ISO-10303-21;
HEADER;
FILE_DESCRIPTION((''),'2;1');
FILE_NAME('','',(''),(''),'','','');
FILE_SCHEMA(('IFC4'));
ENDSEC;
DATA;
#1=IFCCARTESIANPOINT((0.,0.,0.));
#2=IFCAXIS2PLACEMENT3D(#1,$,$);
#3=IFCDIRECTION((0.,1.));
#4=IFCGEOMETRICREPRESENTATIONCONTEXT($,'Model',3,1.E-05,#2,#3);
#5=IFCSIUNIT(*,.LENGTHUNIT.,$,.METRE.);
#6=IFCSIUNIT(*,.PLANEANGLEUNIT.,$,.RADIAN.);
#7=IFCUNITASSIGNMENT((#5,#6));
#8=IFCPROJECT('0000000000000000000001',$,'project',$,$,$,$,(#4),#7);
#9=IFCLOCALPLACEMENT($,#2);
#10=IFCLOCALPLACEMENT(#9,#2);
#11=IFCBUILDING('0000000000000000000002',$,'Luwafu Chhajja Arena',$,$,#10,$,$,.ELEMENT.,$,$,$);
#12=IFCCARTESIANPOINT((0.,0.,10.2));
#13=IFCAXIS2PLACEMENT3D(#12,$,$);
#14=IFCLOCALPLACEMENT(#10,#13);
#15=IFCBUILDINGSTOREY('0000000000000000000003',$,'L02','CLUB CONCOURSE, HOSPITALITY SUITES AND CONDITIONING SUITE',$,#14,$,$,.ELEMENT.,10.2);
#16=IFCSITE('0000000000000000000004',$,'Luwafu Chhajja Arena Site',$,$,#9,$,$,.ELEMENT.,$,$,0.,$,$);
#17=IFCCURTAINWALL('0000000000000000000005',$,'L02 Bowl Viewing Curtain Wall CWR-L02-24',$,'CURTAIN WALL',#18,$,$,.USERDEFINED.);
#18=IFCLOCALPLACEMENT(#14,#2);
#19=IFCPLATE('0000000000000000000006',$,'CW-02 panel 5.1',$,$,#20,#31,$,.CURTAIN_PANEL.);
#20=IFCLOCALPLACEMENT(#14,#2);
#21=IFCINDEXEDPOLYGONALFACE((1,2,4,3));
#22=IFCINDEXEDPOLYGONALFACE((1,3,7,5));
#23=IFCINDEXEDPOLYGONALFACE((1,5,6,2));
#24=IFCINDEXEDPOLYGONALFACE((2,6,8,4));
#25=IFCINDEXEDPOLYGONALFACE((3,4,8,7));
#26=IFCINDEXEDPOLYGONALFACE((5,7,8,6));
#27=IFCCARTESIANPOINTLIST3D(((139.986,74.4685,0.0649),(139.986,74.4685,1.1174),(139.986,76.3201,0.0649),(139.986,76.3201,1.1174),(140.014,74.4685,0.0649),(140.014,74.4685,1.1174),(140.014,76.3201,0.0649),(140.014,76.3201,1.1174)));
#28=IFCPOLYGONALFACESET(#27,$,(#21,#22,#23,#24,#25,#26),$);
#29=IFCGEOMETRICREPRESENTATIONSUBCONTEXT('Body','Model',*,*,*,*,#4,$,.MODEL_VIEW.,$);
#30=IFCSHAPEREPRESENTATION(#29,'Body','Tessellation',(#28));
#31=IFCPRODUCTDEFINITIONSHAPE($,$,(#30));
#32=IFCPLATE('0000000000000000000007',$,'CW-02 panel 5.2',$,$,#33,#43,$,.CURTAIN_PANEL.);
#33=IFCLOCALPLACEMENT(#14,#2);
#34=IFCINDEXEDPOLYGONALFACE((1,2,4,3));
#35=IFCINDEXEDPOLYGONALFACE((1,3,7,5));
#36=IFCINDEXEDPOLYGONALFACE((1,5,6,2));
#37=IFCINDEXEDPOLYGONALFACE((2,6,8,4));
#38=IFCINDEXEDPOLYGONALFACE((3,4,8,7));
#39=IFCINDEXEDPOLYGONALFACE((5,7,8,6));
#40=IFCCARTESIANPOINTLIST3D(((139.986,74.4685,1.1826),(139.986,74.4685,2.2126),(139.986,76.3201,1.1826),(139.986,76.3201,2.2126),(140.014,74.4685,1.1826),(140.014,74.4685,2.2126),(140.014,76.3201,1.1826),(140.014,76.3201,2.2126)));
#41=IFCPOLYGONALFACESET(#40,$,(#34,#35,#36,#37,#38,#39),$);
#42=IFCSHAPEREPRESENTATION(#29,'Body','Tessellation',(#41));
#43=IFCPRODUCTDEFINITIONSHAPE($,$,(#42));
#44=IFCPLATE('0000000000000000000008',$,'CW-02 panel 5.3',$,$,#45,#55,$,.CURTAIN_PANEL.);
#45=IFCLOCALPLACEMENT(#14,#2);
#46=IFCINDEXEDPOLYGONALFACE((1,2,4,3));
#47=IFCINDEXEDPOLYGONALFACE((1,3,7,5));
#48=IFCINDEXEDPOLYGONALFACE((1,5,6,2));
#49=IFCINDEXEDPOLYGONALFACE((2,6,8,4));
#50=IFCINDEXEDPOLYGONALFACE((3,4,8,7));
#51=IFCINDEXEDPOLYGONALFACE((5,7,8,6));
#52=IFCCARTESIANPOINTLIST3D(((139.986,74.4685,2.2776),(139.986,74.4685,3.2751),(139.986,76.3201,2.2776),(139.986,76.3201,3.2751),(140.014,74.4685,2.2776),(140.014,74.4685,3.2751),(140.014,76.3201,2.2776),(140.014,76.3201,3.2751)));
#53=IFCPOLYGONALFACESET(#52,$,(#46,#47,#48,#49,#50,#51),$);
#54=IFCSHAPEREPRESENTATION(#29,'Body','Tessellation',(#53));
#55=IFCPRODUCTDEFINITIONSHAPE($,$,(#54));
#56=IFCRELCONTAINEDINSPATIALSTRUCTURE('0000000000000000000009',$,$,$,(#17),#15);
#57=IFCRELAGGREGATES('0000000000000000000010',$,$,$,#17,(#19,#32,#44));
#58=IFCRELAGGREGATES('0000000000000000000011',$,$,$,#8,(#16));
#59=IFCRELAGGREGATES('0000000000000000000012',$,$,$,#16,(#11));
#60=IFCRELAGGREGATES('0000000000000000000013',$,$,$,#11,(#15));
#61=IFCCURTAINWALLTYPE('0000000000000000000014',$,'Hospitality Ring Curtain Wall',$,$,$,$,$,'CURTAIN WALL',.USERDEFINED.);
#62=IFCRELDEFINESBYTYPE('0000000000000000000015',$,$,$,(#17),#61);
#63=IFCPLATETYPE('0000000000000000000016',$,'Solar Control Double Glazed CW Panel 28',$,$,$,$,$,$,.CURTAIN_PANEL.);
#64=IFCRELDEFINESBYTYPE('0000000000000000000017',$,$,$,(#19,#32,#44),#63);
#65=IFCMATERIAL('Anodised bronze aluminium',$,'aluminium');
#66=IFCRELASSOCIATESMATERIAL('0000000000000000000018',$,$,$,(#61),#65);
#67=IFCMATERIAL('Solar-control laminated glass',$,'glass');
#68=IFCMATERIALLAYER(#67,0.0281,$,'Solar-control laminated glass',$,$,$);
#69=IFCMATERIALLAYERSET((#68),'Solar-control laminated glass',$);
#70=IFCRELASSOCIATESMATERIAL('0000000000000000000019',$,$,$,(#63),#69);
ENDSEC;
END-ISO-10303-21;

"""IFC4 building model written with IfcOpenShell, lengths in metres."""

from ifc_helpers import new_model, si_unit, direction, frame, origin, origin_2d, place, context, subcontext, project, spatial, rectangle, extrude, material, layer, layer_set, type_object, element, aggregate, save


model = new_model("IFC4")

# Units and contexts
model_context = context("Model", 3, precision=1e-05, world=origin(), true_north=direction((0.0, 1.0)))
body_context = subcontext(model_context, "Body", "Model", "MODEL_VIEW")
ifc_project = project(units=[si_unit("LENGTHUNIT", "METRE"), si_unit("PLANEANGLEUNIT", "RADIAN")], contexts=[model_context])

# Site, building, storey
site_placement = place(None, origin())
site = spatial("IfcSite", under=ifc_project, at=site_placement, Name="Luwafu Chhajja Arena Site", CompositionType="ELEMENT", RefElevation=0.0)
building_placement = place(site_placement, origin())
building = spatial("IfcBuilding", under=site, at=building_placement, Name="Luwafu Chhajja Arena", CompositionType="ELEMENT")
storey_placement = place(building_placement, frame((0.0, 0.0, 10.2)))
storey = spatial("IfcBuildingStorey", under=building, at=storey_placement, Name="L02", Description="CLUB CONCOURSE, HOSPITALITY SUITES AND CONDITIONING SUITE", CompositionType="ELEMENT", Elevation=10.2)

# Curtain wall
ifc_material_1 = material(Name="Anodised bronze aluminium", Category="aluminium")
curtain_wall_type = type_object("IfcCurtainWallType", Name="Hospitality Ring Curtain Wall", ElementType="CURTAIN WALL", PredefinedType="USERDEFINED", material=ifc_material_1)
curtain_wall_placement = place(storey_placement, origin())
curtain_wall = element("IfcCurtainWall", 1, at=curtain_wall_placement, inside=storey, type_object=curtain_wall_type, Name="L02 Bowl Viewing Curtain Wall CWR-L02-24", ObjectType="CURTAIN WALL", PredefinedType="USERDEFINED")

# Plates
ifc_material_2 = material(Name="Solar-control laminated glass", Category="glass")
ifc_layer = layer(ifc_material_2, 0.0281, Name="Solar-control laminated glass")
ifc_layer_set = layer_set([ifc_layer], Name="Solar-control laminated glass")
plate_type = type_object("IfcPlateType", Name="Solar Control Double Glazed CW Panel 28", PredefinedType="CURTAIN_PANEL", material=ifc_layer_set)
plate_1_placement = place(storey_placement, frame((140.0, 75.3943, 0.0649), z_axis=(0.0, 0.0, 1.0), x_axis=(0.0, 1.0, 0.0)))
plate_1 = element("IfcPlate", 2, at=plate_1_placement, type_object=plate_type, Name="CW-02 panel 5.1", PredefinedType="CURTAIN_PANEL", context=body_context, shape_type="SweptSolid", body=[
    extrude(rectangle(XDim=1.8516, YDim=0.0281, at=origin_2d()), origin(), (0.0, 0.0, 1.0), 1.0525),
])
plate_2_placement = place(storey_placement, frame((140.0, 75.3943, 1.1826), z_axis=(0.0, 0.0, 1.0), x_axis=(0.0, 1.0, 0.0)))
plate_2 = element("IfcPlate", 3, at=plate_2_placement, type_object=plate_type, Name="CW-02 panel 5.2", PredefinedType="CURTAIN_PANEL", context=body_context, shape_type="SweptSolid", body=[
    extrude(rectangle(XDim=1.8516, YDim=0.0281, at=origin_2d()), origin(), (0.0, 0.0, 1.0), 1.03),
])
plate_3_placement = place(storey_placement, frame((140.0, 75.3943, 2.2776), z_axis=(0.0, 0.0, 1.0), x_axis=(0.0, 1.0, 0.0)))
plate_3 = element("IfcPlate", 4, at=plate_3_placement, type_object=plate_type, Name="CW-02 panel 5.3", PredefinedType="CURTAIN_PANEL", context=body_context, shape_type="SweptSolid", body=[
    extrude(rectangle(XDim=1.8516, YDim=0.0281, at=origin_2d()), origin(), (0.0, 0.0, 1.0), 0.9976),
])
aggregate(curtain_wall, [plate_1, plate_2, plate_3])

save(model, "model.ifc")
